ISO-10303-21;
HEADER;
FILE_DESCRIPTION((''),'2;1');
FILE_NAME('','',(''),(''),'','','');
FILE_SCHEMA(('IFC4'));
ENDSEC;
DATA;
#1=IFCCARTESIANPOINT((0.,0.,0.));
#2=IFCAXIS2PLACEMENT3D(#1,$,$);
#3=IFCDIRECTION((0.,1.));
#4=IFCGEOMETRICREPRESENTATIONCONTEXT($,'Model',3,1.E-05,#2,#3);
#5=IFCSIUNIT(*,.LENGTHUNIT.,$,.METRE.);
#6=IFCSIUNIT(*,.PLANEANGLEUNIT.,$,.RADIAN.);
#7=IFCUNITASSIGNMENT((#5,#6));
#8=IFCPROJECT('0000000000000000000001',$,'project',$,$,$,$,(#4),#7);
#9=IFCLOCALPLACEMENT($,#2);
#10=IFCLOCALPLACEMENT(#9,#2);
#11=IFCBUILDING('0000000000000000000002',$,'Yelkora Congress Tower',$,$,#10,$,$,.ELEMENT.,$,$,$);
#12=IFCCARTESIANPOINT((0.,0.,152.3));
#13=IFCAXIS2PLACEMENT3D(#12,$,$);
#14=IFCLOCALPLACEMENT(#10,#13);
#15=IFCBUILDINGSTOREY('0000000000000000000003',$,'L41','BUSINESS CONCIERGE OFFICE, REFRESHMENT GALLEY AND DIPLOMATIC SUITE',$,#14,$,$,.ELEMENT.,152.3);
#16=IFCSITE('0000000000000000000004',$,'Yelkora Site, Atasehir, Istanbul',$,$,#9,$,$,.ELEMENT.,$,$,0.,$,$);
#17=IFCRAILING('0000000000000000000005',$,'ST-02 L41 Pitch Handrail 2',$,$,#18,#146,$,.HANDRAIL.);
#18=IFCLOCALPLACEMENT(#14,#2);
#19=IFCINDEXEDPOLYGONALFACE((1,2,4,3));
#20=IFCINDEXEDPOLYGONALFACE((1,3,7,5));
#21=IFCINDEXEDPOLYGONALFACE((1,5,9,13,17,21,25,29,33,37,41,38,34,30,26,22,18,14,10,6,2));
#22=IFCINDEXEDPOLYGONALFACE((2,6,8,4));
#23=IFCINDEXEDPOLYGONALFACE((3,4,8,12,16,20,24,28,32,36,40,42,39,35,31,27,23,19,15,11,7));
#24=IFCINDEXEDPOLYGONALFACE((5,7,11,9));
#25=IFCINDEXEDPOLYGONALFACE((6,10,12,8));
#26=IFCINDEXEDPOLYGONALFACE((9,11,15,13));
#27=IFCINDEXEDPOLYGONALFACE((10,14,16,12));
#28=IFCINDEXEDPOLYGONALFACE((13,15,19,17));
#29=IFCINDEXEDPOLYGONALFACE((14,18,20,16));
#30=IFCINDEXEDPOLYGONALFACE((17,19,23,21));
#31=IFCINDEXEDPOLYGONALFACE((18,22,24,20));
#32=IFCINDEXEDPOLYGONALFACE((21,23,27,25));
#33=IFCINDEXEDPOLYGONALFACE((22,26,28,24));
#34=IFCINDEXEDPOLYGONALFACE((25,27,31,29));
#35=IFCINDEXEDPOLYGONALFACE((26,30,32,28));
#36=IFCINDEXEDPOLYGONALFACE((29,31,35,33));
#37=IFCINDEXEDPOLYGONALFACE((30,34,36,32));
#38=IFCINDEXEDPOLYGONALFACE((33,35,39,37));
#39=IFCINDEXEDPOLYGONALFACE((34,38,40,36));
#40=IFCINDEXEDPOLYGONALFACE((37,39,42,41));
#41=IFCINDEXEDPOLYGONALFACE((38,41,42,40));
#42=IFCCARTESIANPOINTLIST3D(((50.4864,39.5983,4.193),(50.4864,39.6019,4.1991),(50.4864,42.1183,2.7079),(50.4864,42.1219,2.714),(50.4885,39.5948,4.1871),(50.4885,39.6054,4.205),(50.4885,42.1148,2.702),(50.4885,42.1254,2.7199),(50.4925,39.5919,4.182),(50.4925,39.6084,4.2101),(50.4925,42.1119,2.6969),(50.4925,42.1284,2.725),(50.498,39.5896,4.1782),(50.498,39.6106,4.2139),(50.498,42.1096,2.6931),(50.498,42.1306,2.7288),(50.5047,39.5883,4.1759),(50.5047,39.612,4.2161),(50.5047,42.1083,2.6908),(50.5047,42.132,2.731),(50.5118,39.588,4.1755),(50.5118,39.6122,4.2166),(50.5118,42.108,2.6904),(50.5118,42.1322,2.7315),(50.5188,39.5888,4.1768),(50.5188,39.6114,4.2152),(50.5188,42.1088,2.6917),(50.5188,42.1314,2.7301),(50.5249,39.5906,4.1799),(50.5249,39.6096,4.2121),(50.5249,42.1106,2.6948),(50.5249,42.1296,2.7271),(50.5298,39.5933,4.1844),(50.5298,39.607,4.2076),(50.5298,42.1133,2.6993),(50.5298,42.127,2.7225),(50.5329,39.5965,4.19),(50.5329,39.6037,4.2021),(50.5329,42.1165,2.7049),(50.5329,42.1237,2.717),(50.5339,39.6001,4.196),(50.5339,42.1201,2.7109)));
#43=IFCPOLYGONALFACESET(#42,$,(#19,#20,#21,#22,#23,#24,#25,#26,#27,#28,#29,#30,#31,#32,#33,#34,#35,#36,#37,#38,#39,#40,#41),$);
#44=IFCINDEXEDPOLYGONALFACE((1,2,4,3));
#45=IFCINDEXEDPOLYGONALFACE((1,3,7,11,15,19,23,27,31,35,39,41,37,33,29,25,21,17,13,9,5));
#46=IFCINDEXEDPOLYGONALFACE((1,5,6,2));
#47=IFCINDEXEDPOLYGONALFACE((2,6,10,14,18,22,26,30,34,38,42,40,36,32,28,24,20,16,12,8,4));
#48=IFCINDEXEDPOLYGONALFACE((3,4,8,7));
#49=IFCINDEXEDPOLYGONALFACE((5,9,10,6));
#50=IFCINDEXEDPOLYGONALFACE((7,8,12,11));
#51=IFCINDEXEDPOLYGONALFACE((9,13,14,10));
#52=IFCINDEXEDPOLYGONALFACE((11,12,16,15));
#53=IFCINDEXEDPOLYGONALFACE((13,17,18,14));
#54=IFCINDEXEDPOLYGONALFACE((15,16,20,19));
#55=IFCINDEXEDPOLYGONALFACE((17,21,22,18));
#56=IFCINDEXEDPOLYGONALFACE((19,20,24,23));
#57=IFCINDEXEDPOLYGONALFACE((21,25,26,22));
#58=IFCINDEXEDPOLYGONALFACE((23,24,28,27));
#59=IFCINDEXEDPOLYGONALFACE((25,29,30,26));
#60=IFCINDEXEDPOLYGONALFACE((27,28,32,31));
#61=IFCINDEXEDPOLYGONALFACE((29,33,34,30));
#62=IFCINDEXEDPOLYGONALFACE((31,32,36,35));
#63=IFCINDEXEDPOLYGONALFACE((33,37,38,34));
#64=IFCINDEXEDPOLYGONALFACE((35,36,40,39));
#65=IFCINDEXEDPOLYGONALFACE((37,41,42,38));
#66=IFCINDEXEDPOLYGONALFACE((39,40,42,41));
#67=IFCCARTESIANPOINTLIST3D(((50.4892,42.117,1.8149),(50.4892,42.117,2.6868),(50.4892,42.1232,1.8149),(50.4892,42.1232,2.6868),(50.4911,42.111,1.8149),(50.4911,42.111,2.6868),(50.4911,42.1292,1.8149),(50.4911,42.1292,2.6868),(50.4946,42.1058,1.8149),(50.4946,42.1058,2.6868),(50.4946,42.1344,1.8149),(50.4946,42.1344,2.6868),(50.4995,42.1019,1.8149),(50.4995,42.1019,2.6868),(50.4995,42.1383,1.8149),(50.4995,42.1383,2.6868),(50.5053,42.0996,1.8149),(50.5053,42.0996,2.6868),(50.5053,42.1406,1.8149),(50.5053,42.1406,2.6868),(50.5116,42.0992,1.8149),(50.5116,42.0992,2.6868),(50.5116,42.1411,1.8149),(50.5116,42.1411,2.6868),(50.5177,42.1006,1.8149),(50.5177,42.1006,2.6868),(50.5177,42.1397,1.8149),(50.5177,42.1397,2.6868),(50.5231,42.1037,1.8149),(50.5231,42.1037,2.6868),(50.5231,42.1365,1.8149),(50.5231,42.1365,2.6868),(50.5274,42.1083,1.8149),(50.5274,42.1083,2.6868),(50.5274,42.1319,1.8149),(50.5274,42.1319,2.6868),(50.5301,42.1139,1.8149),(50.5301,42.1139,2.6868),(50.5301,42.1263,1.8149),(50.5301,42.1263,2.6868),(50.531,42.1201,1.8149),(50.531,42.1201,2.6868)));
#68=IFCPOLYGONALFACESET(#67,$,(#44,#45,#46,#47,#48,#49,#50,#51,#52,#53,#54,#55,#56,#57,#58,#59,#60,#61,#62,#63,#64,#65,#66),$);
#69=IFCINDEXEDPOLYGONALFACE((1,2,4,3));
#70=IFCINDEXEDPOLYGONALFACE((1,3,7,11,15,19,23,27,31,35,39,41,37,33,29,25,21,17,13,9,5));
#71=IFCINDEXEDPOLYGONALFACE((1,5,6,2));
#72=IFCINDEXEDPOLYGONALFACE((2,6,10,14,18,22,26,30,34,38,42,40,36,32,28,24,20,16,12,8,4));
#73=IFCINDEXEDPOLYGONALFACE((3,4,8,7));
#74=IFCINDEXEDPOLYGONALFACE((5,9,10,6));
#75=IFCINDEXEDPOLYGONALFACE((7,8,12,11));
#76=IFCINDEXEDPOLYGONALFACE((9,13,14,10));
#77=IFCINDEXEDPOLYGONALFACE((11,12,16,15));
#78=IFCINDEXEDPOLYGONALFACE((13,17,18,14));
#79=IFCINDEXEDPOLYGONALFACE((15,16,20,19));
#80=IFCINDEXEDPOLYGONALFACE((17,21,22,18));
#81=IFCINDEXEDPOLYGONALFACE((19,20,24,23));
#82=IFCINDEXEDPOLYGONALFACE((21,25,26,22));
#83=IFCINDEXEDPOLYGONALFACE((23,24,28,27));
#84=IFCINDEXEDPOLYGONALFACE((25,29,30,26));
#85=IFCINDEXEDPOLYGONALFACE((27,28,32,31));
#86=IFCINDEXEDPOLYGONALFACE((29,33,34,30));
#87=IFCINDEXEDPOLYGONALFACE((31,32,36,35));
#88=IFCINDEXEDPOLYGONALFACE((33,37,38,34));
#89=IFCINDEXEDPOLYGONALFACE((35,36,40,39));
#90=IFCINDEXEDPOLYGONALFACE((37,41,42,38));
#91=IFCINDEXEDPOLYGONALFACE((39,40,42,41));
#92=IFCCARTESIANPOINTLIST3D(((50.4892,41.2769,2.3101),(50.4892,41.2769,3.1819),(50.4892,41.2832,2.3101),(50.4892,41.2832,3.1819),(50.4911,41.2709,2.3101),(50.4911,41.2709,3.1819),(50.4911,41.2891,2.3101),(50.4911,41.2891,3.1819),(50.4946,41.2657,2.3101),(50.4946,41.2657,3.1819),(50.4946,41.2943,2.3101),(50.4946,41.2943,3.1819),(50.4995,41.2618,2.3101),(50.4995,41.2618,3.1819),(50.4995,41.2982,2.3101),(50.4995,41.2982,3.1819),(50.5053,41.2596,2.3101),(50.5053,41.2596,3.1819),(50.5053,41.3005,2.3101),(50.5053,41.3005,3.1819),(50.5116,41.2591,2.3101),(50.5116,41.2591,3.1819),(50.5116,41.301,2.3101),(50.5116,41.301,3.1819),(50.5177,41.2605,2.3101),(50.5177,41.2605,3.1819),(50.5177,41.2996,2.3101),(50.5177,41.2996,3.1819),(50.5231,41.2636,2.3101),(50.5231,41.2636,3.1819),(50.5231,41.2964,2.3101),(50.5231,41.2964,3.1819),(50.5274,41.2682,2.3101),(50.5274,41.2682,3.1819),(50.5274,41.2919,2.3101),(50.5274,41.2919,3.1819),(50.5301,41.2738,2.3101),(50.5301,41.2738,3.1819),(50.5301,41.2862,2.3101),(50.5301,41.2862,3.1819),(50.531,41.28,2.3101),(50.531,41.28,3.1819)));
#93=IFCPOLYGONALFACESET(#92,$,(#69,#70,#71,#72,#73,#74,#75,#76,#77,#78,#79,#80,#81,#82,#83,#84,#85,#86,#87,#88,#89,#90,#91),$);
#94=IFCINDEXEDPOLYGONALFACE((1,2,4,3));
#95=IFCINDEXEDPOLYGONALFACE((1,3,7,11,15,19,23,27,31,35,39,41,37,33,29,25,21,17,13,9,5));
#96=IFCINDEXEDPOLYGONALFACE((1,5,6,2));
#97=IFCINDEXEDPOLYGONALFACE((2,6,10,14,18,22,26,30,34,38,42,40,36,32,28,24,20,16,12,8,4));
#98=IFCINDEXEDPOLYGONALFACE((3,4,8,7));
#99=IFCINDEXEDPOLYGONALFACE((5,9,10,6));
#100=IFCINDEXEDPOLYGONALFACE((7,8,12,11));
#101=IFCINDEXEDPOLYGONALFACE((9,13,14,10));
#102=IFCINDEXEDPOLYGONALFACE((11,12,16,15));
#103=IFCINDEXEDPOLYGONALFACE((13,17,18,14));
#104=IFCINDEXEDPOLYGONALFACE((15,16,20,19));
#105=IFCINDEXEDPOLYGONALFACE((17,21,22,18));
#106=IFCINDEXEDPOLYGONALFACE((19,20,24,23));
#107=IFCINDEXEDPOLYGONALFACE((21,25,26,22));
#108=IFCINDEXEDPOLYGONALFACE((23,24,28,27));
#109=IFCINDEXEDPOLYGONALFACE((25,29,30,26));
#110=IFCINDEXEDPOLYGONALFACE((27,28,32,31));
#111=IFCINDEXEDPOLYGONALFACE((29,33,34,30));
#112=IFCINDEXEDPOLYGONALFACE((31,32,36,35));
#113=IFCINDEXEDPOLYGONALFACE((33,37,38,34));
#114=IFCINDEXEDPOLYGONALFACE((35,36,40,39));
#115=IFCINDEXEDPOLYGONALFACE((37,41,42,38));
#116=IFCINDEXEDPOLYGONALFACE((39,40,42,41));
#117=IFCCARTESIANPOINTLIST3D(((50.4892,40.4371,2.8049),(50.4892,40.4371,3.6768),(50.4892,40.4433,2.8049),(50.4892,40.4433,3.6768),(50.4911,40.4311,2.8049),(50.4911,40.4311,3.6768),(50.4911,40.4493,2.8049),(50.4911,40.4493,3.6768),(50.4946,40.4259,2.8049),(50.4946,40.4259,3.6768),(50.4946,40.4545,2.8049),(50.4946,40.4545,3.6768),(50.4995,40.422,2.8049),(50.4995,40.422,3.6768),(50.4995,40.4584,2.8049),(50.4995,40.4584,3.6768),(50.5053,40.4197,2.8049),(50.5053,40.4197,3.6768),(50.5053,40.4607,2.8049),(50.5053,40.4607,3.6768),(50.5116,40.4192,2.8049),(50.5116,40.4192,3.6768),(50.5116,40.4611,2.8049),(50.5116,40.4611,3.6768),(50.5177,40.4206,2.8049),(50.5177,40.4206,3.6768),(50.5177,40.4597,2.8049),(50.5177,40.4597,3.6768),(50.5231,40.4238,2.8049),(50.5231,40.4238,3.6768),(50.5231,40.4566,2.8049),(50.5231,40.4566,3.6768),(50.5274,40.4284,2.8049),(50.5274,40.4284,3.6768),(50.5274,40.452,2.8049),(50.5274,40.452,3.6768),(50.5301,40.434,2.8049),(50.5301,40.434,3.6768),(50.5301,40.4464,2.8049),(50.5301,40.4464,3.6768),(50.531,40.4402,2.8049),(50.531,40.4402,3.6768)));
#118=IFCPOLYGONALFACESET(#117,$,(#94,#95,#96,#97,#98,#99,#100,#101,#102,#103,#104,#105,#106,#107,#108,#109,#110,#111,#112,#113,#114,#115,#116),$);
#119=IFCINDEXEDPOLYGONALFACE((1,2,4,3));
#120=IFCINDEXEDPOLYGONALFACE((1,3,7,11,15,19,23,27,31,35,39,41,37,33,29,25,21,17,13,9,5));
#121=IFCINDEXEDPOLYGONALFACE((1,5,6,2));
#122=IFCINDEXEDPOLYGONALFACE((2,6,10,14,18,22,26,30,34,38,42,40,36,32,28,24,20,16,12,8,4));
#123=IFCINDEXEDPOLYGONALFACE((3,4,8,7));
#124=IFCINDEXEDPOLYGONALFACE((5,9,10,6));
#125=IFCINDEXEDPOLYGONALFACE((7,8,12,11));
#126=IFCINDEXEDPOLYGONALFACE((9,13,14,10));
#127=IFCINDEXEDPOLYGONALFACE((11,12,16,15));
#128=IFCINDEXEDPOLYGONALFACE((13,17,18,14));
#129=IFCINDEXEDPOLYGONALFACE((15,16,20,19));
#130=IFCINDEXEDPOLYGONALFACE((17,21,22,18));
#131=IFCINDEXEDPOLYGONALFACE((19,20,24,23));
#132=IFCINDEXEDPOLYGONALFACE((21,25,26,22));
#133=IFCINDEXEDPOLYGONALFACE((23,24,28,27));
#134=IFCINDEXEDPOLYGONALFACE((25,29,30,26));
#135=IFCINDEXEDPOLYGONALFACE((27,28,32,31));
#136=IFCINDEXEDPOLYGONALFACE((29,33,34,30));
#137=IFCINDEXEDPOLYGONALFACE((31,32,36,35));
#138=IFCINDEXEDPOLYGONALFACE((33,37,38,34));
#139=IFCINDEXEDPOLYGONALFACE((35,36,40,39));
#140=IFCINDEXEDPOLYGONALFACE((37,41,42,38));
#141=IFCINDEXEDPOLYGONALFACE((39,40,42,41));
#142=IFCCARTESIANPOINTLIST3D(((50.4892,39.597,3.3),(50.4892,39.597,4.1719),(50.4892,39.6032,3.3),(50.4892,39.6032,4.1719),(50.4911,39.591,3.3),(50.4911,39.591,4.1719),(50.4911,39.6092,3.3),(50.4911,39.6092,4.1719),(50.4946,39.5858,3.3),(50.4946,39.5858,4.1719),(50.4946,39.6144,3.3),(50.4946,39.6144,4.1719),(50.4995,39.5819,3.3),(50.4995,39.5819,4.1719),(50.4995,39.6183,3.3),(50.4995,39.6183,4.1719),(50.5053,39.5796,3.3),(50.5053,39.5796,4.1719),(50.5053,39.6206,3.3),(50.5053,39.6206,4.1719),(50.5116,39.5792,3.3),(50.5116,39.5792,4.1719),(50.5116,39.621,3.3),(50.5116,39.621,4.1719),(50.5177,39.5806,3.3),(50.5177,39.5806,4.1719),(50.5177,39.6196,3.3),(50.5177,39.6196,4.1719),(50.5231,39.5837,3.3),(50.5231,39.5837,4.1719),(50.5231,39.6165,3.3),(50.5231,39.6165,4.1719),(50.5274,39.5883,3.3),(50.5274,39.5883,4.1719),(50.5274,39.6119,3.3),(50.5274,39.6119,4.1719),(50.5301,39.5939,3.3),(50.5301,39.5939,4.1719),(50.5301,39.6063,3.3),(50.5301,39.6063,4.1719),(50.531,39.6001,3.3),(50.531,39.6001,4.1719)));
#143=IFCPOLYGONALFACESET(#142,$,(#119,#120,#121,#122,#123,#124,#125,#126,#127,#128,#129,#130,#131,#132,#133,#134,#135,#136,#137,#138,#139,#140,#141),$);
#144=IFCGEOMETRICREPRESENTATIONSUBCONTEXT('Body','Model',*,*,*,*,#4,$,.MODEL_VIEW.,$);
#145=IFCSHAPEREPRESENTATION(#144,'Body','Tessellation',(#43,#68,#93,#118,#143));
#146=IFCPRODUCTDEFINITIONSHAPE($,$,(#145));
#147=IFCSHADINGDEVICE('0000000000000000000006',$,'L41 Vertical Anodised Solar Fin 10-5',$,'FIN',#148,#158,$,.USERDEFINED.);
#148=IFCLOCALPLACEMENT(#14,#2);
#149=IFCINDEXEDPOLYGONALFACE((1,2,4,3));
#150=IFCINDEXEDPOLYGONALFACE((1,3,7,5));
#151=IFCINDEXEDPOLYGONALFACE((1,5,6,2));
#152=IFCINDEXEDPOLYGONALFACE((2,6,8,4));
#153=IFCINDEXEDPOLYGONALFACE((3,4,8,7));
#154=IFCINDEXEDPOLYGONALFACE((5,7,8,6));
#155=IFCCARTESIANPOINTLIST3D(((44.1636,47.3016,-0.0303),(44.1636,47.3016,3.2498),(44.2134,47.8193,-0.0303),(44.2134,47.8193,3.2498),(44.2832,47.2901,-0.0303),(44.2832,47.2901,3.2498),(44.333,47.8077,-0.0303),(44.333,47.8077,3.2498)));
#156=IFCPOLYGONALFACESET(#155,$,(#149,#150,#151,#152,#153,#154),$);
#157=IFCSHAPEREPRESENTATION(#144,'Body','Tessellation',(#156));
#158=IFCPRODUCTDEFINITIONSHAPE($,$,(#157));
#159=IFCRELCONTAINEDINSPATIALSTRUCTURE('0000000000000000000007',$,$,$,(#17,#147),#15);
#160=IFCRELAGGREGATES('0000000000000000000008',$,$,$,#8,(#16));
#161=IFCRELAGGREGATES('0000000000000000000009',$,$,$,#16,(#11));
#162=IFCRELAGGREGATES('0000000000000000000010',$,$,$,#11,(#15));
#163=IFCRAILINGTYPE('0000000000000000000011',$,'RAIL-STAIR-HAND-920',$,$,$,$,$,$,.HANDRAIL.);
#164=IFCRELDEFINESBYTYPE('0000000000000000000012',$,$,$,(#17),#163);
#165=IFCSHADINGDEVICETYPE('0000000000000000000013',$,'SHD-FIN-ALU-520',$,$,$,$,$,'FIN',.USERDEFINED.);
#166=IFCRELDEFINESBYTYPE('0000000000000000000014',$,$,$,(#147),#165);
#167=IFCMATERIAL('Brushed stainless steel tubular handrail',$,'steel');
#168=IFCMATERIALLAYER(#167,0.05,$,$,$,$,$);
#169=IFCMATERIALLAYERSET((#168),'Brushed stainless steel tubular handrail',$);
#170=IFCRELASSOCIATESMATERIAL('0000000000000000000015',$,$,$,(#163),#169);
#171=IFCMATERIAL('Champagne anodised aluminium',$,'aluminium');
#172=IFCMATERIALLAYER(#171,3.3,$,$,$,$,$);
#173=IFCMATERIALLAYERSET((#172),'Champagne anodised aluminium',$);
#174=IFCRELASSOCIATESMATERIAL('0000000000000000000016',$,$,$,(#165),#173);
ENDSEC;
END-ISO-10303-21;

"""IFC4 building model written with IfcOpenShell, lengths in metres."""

from ifc_helpers import new_model, si_unit, direction, frame, origin, origin_2d, place, context, subcontext, project, spatial, rectangle, circle, extrude, material, layer, layer_set, type_object, element, save


model = new_model("IFC4")

# Units and contexts
model_context = context("Model", 3, precision=1e-05, world=origin(), true_north=direction((0.0, 1.0)))
body_context = subcontext(model_context, "Body", "Model", "MODEL_VIEW")
ifc_project = project(units=[si_unit("LENGTHUNIT", "METRE"), si_unit("PLANEANGLEUNIT", "RADIAN")], contexts=[model_context])

# Site, building, storey
site_placement = place(None, origin())
site = spatial("IfcSite", under=ifc_project, at=site_placement, Name="Yelkora Site, Atasehir, Istanbul", CompositionType="ELEMENT", RefElevation=0.0)
building_placement = place(site_placement, origin())
building = spatial("IfcBuilding", under=site, at=building_placement, Name="Yelkora Congress Tower", CompositionType="ELEMENT")
storey_placement = place(building_placement, frame((0.0, 0.0, 152.3)))
storey = spatial("IfcBuildingStorey", under=building, at=storey_placement, Name="L41", Description="BUSINESS CONCIERGE OFFICE, REFRESHMENT GALLEY AND DIPLOMATIC SUITE", CompositionType="ELEMENT", Elevation=152.3)

# Railing
ifc_material_1 = material(Name="Brushed stainless steel tubular handrail", Category="steel")
ifc_layer_1 = layer(ifc_material_1, 0.05)
ifc_layer_set_1 = layer_set([ifc_layer_1], Name="Brushed stainless steel tubular handrail")
railing_type_1 = type_object("IfcRailingType", Name="RAIL-STAIR-HAND-920", PredefinedType="HANDRAIL", material=ifc_layer_set_1)
railing_1_placement = place(storey_placement, frame((50.51, 42.1201, 1.8149)))
element("IfcRailing", 1, at=railing_1_placement, inside=storey, type_object=railing_type_1, Name="ST-02 L41 Pitch Handrail 2", PredefinedType="HANDRAIL", context=body_context, shape_type="SweptSolid", body=[
    extrude(circle(Radius=0.0239, at=origin_2d()), frame((0.0, 0.0, 0.896), z_axis=(0.0, -0.861524, 0.507717), x_axis=(1.0, 0.0, 0.0)), (0.0, 0.0, 1.0), 2.925),
    extrude(circle(Radius=0.021, at=origin_2d()), origin(), (0.0, 0.0, 1.0), 0.8718),
    extrude(circle(Radius=0.021, at=origin_2d()), frame((0.0, -0.8401, 0.4951)), (0.0, 0.0, 1.0), 0.8718),
    extrude(circle(Radius=0.021, at=origin_2d()), frame((0.0, -1.6799, 0.99)), (0.0, 0.0, 1.0), 0.8718),
    extrude(circle(Radius=0.021, at=origin_2d()), frame((0.0, -2.52, 1.4851)), (0.0, 0.0, 1.0), 0.8718),
])

# Shading device
ifc_material_2 = material(Name="Champagne anodised aluminium", Category="aluminium")
ifc_layer_2 = layer(ifc_material_2, 3.3)
ifc_layer_set_2 = layer_set([ifc_layer_2], Name="Champagne anodised aluminium")
shading_device_type = type_object("IfcShadingDeviceType", Name="SHD-FIN-ALU-520", ElementType="FIN", PredefinedType="USERDEFINED", material=ifc_layer_set_2)
shading_device_placement = place(storey_placement, frame((44.2483, 47.5547, -0.0303), z_axis=(0.0, 0.0, 1.0), x_axis=(0.995396, -0.095846, 0.0)))
element("IfcShadingDevice", 2, at=shading_device_placement, inside=storey, type_object=shading_device_type, Name="L41 Vertical Anodised Solar Fin 10-5", ObjectType="FIN", PredefinedType="USERDEFINED", context=body_context, shape_type="SweptSolid", body=[
    extrude(rectangle(XDim=0.1201, YDim=0.52, at=origin_2d()), origin(), (0.0, 0.0, 1.0), 3.28),
])

save(model, "model.ifc")
